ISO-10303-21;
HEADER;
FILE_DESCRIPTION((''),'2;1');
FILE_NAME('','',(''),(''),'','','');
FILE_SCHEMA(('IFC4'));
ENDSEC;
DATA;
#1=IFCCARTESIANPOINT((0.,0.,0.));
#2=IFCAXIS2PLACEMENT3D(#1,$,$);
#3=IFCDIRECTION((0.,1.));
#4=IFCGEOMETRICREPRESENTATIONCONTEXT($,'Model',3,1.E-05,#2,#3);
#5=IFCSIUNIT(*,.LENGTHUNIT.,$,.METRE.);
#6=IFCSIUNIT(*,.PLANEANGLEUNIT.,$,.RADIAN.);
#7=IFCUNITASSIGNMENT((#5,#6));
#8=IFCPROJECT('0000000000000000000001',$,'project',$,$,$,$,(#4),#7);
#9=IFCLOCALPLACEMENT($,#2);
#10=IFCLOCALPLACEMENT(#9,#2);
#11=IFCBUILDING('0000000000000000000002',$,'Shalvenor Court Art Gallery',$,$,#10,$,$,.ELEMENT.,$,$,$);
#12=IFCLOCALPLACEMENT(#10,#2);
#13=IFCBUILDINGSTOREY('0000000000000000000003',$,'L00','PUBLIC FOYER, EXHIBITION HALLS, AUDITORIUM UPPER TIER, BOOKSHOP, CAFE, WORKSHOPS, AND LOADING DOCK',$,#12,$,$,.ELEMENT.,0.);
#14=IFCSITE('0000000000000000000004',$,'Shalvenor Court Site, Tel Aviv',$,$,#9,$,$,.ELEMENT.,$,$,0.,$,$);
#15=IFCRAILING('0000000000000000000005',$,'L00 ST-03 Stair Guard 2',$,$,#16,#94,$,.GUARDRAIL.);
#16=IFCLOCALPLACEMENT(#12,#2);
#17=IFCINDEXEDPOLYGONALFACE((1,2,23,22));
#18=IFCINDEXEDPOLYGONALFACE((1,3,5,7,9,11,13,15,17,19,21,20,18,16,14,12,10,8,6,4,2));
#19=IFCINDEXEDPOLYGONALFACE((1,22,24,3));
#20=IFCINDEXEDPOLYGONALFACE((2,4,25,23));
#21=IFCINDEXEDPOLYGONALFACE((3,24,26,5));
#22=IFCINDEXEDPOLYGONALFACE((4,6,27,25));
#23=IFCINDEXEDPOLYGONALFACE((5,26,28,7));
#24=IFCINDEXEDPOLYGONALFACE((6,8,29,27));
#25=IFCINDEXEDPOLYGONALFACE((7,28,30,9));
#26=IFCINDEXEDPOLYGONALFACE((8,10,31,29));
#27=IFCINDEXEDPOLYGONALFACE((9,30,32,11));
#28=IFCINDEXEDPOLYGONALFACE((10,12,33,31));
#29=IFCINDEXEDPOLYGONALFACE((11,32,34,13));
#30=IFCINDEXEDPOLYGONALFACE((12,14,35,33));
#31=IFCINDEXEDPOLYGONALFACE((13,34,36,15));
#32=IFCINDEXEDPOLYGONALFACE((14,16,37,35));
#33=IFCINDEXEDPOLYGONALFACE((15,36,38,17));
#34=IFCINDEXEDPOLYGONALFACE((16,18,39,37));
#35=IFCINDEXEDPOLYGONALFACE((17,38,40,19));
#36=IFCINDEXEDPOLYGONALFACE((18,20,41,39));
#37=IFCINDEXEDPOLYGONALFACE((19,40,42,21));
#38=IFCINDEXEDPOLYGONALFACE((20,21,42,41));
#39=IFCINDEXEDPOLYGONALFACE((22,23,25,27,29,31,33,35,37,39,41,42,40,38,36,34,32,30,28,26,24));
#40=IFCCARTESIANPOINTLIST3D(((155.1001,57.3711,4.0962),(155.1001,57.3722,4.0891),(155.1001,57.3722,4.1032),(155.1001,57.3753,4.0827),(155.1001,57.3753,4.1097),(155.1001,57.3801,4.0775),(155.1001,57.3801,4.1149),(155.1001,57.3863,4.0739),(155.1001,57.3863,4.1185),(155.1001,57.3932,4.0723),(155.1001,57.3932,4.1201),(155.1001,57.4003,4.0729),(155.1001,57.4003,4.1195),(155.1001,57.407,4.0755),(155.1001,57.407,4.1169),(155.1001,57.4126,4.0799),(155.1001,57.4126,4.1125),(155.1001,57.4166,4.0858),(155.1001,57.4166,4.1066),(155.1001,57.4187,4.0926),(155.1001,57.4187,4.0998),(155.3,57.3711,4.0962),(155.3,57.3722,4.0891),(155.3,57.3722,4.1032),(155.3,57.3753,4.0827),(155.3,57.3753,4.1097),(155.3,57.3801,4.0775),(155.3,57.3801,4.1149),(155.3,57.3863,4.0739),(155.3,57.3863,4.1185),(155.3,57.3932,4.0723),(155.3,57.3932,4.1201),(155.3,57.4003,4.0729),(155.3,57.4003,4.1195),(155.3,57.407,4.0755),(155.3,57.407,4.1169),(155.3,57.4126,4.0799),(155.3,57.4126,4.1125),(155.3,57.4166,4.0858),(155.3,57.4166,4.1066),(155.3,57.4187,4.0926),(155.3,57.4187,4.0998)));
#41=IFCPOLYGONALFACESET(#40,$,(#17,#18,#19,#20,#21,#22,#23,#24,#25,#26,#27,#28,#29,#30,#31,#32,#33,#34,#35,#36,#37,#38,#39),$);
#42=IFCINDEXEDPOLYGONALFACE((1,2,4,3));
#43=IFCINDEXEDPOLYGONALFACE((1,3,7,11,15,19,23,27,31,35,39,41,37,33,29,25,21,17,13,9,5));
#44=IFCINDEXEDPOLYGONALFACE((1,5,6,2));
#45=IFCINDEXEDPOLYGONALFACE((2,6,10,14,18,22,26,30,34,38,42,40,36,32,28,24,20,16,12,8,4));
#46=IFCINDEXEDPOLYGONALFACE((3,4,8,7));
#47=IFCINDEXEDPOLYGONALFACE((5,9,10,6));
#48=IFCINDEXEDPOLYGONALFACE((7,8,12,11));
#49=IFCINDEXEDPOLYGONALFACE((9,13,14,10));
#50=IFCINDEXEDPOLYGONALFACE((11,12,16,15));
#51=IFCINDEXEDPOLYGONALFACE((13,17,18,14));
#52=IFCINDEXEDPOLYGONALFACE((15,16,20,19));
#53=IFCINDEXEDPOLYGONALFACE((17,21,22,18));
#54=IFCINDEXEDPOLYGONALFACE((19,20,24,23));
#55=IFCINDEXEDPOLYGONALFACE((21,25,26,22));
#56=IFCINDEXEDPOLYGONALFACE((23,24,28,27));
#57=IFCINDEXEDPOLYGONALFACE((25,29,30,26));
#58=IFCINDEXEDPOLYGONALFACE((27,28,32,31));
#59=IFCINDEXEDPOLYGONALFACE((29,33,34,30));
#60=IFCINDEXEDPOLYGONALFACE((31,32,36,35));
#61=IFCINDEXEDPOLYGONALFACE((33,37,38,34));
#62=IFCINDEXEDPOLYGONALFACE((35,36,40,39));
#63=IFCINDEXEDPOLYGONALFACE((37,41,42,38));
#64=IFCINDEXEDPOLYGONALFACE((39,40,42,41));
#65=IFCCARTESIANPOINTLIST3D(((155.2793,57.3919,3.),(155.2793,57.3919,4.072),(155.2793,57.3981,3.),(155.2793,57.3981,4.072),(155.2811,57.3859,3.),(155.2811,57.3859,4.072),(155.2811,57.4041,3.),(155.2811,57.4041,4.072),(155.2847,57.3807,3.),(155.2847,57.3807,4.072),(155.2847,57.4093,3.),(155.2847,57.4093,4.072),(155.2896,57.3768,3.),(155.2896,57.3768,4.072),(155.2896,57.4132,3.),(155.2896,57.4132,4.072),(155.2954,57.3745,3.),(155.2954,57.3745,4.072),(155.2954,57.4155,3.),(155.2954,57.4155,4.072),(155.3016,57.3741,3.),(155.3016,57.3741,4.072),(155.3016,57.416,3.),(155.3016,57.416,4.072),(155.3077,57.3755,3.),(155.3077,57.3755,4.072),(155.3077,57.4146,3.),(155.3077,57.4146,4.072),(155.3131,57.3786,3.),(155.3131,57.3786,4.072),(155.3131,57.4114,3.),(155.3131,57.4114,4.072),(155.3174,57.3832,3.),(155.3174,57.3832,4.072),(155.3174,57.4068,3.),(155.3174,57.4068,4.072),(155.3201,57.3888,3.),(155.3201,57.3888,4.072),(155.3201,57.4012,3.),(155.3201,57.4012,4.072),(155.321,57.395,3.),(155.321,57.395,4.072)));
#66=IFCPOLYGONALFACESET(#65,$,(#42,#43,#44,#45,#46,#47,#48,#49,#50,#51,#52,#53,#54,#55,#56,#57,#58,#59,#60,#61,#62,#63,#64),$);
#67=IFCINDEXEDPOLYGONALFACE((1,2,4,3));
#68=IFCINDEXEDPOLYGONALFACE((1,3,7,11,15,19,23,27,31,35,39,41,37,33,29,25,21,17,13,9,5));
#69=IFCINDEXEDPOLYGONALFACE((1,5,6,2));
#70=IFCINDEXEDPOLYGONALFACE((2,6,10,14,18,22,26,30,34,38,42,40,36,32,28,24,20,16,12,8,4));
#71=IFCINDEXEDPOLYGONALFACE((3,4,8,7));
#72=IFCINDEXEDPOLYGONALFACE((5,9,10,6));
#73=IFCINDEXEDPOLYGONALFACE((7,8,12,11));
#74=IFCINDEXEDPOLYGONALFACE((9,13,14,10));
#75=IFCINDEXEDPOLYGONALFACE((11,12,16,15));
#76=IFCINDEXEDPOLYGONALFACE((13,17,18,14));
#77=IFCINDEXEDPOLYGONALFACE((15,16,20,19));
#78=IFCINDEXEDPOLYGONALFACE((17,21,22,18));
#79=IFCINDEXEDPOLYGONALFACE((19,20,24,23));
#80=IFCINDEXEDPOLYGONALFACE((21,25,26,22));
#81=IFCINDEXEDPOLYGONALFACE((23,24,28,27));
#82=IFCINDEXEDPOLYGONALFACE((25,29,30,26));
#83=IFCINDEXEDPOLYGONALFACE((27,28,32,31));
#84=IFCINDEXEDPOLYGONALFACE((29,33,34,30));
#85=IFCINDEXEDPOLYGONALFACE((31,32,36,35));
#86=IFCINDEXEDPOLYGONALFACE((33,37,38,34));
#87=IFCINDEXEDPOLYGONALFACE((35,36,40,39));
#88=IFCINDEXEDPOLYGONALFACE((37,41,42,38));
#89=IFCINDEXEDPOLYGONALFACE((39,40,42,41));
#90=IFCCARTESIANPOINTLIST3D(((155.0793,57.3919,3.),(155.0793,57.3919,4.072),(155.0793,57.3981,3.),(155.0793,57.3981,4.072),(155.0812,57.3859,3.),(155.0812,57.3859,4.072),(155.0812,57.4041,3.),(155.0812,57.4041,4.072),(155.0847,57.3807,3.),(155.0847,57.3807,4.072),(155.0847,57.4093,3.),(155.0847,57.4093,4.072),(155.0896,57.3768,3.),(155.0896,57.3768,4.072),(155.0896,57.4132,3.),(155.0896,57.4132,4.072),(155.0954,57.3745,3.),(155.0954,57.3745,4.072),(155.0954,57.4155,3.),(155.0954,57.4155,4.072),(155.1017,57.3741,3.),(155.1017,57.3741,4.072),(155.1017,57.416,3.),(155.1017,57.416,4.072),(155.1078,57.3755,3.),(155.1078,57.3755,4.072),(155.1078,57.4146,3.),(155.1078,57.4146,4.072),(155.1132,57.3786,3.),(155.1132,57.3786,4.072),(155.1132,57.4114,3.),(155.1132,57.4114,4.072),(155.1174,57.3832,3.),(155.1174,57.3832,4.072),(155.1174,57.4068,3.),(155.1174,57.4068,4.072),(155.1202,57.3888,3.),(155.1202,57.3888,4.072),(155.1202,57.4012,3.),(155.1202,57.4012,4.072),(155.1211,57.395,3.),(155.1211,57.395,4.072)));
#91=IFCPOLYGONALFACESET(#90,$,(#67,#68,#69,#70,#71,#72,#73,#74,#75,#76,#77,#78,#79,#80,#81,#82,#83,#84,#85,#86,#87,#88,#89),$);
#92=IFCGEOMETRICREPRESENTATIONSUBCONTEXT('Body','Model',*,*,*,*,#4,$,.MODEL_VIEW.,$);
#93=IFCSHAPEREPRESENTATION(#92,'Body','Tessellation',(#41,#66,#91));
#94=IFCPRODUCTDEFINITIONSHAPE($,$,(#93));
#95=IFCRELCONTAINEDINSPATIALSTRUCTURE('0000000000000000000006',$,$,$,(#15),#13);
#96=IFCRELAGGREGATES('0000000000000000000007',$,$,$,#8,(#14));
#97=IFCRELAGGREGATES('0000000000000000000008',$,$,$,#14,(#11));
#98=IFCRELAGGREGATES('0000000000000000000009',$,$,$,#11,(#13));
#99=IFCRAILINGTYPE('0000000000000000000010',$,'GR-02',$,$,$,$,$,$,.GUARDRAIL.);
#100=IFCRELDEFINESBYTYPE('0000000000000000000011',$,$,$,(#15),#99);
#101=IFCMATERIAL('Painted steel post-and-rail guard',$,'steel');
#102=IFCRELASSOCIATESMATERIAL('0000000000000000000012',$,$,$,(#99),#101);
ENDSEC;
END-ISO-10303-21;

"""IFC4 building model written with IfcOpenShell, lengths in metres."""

from ifc_helpers import new_model, si_unit, direction, frame, origin, origin_2d, place, context, subcontext, project, spatial, circle, extrude, material, type_object, element, save


model = new_model("IFC4")

# Units and contexts
model_context = context("Model", 3, precision=1e-05, world=origin(), true_north=direction((0.0, 1.0)))
body_context = subcontext(model_context, "Body", "Model", "MODEL_VIEW")
ifc_project = project(units=[si_unit("LENGTHUNIT", "METRE"), si_unit("PLANEANGLEUNIT", "RADIAN")], contexts=[model_context])

# Site, building, storey
site_placement = place(None, origin())
site = spatial("IfcSite", under=ifc_project, at=site_placement, Name="Shalvenor Court Site, Tel Aviv", CompositionType="ELEMENT", RefElevation=0.0)
building_placement = place(site_placement, origin())
building = spatial("IfcBuilding", under=site, at=building_placement, Name="Shalvenor Court Art Gallery", CompositionType="ELEMENT")
storey_placement = place(building_placement, origin())
storey = spatial("IfcBuildingStorey", under=building, at=storey_placement, Name="L00", Description="PUBLIC FOYER, EXHIBITION HALLS, AUDITORIUM UPPER TIER, BOOKSHOP, CAFE, WORKSHOPS, AND LOADING DOCK", CompositionType="ELEMENT", Elevation=0.0)

# Railing
ifc_material_1 = material(Name="Painted steel post-and-rail guard", Category="steel")
railing_type_1 = type_object("IfcRailingType", Name="GR-02", PredefinedType="GUARDRAIL", material=ifc_material_1)
railing_1_placement = place(storey_placement, frame((155.3, 57.395, 3.0)))
element("IfcRailing", 1, at=railing_1_placement, inside=storey, type_object=railing_type_1, Name="L00 ST-03 Stair Guard 2", PredefinedType="GUARDRAIL", context=body_context, shape_type="SweptSolid", body=[
    extrude(circle(Radius=0.0239, at=origin_2d()), frame((0.0, 0.0, 1.0962), z_axis=(-1.0, 0.0, 0.0), x_axis=(0.0, -1.0, 0.0)), (0.0, 0.0, 1.0), 0.2),
    extrude(circle(Radius=0.021, at=origin_2d()), origin(), (0.0, 0.0, 1.0), 1.072),
    extrude(circle(Radius=0.021, at=origin_2d()), frame((-0.2, 0.0, 0.0)), (0.0, 0.0, 1.0), 1.072),
])

save(model, "model.ifc")
